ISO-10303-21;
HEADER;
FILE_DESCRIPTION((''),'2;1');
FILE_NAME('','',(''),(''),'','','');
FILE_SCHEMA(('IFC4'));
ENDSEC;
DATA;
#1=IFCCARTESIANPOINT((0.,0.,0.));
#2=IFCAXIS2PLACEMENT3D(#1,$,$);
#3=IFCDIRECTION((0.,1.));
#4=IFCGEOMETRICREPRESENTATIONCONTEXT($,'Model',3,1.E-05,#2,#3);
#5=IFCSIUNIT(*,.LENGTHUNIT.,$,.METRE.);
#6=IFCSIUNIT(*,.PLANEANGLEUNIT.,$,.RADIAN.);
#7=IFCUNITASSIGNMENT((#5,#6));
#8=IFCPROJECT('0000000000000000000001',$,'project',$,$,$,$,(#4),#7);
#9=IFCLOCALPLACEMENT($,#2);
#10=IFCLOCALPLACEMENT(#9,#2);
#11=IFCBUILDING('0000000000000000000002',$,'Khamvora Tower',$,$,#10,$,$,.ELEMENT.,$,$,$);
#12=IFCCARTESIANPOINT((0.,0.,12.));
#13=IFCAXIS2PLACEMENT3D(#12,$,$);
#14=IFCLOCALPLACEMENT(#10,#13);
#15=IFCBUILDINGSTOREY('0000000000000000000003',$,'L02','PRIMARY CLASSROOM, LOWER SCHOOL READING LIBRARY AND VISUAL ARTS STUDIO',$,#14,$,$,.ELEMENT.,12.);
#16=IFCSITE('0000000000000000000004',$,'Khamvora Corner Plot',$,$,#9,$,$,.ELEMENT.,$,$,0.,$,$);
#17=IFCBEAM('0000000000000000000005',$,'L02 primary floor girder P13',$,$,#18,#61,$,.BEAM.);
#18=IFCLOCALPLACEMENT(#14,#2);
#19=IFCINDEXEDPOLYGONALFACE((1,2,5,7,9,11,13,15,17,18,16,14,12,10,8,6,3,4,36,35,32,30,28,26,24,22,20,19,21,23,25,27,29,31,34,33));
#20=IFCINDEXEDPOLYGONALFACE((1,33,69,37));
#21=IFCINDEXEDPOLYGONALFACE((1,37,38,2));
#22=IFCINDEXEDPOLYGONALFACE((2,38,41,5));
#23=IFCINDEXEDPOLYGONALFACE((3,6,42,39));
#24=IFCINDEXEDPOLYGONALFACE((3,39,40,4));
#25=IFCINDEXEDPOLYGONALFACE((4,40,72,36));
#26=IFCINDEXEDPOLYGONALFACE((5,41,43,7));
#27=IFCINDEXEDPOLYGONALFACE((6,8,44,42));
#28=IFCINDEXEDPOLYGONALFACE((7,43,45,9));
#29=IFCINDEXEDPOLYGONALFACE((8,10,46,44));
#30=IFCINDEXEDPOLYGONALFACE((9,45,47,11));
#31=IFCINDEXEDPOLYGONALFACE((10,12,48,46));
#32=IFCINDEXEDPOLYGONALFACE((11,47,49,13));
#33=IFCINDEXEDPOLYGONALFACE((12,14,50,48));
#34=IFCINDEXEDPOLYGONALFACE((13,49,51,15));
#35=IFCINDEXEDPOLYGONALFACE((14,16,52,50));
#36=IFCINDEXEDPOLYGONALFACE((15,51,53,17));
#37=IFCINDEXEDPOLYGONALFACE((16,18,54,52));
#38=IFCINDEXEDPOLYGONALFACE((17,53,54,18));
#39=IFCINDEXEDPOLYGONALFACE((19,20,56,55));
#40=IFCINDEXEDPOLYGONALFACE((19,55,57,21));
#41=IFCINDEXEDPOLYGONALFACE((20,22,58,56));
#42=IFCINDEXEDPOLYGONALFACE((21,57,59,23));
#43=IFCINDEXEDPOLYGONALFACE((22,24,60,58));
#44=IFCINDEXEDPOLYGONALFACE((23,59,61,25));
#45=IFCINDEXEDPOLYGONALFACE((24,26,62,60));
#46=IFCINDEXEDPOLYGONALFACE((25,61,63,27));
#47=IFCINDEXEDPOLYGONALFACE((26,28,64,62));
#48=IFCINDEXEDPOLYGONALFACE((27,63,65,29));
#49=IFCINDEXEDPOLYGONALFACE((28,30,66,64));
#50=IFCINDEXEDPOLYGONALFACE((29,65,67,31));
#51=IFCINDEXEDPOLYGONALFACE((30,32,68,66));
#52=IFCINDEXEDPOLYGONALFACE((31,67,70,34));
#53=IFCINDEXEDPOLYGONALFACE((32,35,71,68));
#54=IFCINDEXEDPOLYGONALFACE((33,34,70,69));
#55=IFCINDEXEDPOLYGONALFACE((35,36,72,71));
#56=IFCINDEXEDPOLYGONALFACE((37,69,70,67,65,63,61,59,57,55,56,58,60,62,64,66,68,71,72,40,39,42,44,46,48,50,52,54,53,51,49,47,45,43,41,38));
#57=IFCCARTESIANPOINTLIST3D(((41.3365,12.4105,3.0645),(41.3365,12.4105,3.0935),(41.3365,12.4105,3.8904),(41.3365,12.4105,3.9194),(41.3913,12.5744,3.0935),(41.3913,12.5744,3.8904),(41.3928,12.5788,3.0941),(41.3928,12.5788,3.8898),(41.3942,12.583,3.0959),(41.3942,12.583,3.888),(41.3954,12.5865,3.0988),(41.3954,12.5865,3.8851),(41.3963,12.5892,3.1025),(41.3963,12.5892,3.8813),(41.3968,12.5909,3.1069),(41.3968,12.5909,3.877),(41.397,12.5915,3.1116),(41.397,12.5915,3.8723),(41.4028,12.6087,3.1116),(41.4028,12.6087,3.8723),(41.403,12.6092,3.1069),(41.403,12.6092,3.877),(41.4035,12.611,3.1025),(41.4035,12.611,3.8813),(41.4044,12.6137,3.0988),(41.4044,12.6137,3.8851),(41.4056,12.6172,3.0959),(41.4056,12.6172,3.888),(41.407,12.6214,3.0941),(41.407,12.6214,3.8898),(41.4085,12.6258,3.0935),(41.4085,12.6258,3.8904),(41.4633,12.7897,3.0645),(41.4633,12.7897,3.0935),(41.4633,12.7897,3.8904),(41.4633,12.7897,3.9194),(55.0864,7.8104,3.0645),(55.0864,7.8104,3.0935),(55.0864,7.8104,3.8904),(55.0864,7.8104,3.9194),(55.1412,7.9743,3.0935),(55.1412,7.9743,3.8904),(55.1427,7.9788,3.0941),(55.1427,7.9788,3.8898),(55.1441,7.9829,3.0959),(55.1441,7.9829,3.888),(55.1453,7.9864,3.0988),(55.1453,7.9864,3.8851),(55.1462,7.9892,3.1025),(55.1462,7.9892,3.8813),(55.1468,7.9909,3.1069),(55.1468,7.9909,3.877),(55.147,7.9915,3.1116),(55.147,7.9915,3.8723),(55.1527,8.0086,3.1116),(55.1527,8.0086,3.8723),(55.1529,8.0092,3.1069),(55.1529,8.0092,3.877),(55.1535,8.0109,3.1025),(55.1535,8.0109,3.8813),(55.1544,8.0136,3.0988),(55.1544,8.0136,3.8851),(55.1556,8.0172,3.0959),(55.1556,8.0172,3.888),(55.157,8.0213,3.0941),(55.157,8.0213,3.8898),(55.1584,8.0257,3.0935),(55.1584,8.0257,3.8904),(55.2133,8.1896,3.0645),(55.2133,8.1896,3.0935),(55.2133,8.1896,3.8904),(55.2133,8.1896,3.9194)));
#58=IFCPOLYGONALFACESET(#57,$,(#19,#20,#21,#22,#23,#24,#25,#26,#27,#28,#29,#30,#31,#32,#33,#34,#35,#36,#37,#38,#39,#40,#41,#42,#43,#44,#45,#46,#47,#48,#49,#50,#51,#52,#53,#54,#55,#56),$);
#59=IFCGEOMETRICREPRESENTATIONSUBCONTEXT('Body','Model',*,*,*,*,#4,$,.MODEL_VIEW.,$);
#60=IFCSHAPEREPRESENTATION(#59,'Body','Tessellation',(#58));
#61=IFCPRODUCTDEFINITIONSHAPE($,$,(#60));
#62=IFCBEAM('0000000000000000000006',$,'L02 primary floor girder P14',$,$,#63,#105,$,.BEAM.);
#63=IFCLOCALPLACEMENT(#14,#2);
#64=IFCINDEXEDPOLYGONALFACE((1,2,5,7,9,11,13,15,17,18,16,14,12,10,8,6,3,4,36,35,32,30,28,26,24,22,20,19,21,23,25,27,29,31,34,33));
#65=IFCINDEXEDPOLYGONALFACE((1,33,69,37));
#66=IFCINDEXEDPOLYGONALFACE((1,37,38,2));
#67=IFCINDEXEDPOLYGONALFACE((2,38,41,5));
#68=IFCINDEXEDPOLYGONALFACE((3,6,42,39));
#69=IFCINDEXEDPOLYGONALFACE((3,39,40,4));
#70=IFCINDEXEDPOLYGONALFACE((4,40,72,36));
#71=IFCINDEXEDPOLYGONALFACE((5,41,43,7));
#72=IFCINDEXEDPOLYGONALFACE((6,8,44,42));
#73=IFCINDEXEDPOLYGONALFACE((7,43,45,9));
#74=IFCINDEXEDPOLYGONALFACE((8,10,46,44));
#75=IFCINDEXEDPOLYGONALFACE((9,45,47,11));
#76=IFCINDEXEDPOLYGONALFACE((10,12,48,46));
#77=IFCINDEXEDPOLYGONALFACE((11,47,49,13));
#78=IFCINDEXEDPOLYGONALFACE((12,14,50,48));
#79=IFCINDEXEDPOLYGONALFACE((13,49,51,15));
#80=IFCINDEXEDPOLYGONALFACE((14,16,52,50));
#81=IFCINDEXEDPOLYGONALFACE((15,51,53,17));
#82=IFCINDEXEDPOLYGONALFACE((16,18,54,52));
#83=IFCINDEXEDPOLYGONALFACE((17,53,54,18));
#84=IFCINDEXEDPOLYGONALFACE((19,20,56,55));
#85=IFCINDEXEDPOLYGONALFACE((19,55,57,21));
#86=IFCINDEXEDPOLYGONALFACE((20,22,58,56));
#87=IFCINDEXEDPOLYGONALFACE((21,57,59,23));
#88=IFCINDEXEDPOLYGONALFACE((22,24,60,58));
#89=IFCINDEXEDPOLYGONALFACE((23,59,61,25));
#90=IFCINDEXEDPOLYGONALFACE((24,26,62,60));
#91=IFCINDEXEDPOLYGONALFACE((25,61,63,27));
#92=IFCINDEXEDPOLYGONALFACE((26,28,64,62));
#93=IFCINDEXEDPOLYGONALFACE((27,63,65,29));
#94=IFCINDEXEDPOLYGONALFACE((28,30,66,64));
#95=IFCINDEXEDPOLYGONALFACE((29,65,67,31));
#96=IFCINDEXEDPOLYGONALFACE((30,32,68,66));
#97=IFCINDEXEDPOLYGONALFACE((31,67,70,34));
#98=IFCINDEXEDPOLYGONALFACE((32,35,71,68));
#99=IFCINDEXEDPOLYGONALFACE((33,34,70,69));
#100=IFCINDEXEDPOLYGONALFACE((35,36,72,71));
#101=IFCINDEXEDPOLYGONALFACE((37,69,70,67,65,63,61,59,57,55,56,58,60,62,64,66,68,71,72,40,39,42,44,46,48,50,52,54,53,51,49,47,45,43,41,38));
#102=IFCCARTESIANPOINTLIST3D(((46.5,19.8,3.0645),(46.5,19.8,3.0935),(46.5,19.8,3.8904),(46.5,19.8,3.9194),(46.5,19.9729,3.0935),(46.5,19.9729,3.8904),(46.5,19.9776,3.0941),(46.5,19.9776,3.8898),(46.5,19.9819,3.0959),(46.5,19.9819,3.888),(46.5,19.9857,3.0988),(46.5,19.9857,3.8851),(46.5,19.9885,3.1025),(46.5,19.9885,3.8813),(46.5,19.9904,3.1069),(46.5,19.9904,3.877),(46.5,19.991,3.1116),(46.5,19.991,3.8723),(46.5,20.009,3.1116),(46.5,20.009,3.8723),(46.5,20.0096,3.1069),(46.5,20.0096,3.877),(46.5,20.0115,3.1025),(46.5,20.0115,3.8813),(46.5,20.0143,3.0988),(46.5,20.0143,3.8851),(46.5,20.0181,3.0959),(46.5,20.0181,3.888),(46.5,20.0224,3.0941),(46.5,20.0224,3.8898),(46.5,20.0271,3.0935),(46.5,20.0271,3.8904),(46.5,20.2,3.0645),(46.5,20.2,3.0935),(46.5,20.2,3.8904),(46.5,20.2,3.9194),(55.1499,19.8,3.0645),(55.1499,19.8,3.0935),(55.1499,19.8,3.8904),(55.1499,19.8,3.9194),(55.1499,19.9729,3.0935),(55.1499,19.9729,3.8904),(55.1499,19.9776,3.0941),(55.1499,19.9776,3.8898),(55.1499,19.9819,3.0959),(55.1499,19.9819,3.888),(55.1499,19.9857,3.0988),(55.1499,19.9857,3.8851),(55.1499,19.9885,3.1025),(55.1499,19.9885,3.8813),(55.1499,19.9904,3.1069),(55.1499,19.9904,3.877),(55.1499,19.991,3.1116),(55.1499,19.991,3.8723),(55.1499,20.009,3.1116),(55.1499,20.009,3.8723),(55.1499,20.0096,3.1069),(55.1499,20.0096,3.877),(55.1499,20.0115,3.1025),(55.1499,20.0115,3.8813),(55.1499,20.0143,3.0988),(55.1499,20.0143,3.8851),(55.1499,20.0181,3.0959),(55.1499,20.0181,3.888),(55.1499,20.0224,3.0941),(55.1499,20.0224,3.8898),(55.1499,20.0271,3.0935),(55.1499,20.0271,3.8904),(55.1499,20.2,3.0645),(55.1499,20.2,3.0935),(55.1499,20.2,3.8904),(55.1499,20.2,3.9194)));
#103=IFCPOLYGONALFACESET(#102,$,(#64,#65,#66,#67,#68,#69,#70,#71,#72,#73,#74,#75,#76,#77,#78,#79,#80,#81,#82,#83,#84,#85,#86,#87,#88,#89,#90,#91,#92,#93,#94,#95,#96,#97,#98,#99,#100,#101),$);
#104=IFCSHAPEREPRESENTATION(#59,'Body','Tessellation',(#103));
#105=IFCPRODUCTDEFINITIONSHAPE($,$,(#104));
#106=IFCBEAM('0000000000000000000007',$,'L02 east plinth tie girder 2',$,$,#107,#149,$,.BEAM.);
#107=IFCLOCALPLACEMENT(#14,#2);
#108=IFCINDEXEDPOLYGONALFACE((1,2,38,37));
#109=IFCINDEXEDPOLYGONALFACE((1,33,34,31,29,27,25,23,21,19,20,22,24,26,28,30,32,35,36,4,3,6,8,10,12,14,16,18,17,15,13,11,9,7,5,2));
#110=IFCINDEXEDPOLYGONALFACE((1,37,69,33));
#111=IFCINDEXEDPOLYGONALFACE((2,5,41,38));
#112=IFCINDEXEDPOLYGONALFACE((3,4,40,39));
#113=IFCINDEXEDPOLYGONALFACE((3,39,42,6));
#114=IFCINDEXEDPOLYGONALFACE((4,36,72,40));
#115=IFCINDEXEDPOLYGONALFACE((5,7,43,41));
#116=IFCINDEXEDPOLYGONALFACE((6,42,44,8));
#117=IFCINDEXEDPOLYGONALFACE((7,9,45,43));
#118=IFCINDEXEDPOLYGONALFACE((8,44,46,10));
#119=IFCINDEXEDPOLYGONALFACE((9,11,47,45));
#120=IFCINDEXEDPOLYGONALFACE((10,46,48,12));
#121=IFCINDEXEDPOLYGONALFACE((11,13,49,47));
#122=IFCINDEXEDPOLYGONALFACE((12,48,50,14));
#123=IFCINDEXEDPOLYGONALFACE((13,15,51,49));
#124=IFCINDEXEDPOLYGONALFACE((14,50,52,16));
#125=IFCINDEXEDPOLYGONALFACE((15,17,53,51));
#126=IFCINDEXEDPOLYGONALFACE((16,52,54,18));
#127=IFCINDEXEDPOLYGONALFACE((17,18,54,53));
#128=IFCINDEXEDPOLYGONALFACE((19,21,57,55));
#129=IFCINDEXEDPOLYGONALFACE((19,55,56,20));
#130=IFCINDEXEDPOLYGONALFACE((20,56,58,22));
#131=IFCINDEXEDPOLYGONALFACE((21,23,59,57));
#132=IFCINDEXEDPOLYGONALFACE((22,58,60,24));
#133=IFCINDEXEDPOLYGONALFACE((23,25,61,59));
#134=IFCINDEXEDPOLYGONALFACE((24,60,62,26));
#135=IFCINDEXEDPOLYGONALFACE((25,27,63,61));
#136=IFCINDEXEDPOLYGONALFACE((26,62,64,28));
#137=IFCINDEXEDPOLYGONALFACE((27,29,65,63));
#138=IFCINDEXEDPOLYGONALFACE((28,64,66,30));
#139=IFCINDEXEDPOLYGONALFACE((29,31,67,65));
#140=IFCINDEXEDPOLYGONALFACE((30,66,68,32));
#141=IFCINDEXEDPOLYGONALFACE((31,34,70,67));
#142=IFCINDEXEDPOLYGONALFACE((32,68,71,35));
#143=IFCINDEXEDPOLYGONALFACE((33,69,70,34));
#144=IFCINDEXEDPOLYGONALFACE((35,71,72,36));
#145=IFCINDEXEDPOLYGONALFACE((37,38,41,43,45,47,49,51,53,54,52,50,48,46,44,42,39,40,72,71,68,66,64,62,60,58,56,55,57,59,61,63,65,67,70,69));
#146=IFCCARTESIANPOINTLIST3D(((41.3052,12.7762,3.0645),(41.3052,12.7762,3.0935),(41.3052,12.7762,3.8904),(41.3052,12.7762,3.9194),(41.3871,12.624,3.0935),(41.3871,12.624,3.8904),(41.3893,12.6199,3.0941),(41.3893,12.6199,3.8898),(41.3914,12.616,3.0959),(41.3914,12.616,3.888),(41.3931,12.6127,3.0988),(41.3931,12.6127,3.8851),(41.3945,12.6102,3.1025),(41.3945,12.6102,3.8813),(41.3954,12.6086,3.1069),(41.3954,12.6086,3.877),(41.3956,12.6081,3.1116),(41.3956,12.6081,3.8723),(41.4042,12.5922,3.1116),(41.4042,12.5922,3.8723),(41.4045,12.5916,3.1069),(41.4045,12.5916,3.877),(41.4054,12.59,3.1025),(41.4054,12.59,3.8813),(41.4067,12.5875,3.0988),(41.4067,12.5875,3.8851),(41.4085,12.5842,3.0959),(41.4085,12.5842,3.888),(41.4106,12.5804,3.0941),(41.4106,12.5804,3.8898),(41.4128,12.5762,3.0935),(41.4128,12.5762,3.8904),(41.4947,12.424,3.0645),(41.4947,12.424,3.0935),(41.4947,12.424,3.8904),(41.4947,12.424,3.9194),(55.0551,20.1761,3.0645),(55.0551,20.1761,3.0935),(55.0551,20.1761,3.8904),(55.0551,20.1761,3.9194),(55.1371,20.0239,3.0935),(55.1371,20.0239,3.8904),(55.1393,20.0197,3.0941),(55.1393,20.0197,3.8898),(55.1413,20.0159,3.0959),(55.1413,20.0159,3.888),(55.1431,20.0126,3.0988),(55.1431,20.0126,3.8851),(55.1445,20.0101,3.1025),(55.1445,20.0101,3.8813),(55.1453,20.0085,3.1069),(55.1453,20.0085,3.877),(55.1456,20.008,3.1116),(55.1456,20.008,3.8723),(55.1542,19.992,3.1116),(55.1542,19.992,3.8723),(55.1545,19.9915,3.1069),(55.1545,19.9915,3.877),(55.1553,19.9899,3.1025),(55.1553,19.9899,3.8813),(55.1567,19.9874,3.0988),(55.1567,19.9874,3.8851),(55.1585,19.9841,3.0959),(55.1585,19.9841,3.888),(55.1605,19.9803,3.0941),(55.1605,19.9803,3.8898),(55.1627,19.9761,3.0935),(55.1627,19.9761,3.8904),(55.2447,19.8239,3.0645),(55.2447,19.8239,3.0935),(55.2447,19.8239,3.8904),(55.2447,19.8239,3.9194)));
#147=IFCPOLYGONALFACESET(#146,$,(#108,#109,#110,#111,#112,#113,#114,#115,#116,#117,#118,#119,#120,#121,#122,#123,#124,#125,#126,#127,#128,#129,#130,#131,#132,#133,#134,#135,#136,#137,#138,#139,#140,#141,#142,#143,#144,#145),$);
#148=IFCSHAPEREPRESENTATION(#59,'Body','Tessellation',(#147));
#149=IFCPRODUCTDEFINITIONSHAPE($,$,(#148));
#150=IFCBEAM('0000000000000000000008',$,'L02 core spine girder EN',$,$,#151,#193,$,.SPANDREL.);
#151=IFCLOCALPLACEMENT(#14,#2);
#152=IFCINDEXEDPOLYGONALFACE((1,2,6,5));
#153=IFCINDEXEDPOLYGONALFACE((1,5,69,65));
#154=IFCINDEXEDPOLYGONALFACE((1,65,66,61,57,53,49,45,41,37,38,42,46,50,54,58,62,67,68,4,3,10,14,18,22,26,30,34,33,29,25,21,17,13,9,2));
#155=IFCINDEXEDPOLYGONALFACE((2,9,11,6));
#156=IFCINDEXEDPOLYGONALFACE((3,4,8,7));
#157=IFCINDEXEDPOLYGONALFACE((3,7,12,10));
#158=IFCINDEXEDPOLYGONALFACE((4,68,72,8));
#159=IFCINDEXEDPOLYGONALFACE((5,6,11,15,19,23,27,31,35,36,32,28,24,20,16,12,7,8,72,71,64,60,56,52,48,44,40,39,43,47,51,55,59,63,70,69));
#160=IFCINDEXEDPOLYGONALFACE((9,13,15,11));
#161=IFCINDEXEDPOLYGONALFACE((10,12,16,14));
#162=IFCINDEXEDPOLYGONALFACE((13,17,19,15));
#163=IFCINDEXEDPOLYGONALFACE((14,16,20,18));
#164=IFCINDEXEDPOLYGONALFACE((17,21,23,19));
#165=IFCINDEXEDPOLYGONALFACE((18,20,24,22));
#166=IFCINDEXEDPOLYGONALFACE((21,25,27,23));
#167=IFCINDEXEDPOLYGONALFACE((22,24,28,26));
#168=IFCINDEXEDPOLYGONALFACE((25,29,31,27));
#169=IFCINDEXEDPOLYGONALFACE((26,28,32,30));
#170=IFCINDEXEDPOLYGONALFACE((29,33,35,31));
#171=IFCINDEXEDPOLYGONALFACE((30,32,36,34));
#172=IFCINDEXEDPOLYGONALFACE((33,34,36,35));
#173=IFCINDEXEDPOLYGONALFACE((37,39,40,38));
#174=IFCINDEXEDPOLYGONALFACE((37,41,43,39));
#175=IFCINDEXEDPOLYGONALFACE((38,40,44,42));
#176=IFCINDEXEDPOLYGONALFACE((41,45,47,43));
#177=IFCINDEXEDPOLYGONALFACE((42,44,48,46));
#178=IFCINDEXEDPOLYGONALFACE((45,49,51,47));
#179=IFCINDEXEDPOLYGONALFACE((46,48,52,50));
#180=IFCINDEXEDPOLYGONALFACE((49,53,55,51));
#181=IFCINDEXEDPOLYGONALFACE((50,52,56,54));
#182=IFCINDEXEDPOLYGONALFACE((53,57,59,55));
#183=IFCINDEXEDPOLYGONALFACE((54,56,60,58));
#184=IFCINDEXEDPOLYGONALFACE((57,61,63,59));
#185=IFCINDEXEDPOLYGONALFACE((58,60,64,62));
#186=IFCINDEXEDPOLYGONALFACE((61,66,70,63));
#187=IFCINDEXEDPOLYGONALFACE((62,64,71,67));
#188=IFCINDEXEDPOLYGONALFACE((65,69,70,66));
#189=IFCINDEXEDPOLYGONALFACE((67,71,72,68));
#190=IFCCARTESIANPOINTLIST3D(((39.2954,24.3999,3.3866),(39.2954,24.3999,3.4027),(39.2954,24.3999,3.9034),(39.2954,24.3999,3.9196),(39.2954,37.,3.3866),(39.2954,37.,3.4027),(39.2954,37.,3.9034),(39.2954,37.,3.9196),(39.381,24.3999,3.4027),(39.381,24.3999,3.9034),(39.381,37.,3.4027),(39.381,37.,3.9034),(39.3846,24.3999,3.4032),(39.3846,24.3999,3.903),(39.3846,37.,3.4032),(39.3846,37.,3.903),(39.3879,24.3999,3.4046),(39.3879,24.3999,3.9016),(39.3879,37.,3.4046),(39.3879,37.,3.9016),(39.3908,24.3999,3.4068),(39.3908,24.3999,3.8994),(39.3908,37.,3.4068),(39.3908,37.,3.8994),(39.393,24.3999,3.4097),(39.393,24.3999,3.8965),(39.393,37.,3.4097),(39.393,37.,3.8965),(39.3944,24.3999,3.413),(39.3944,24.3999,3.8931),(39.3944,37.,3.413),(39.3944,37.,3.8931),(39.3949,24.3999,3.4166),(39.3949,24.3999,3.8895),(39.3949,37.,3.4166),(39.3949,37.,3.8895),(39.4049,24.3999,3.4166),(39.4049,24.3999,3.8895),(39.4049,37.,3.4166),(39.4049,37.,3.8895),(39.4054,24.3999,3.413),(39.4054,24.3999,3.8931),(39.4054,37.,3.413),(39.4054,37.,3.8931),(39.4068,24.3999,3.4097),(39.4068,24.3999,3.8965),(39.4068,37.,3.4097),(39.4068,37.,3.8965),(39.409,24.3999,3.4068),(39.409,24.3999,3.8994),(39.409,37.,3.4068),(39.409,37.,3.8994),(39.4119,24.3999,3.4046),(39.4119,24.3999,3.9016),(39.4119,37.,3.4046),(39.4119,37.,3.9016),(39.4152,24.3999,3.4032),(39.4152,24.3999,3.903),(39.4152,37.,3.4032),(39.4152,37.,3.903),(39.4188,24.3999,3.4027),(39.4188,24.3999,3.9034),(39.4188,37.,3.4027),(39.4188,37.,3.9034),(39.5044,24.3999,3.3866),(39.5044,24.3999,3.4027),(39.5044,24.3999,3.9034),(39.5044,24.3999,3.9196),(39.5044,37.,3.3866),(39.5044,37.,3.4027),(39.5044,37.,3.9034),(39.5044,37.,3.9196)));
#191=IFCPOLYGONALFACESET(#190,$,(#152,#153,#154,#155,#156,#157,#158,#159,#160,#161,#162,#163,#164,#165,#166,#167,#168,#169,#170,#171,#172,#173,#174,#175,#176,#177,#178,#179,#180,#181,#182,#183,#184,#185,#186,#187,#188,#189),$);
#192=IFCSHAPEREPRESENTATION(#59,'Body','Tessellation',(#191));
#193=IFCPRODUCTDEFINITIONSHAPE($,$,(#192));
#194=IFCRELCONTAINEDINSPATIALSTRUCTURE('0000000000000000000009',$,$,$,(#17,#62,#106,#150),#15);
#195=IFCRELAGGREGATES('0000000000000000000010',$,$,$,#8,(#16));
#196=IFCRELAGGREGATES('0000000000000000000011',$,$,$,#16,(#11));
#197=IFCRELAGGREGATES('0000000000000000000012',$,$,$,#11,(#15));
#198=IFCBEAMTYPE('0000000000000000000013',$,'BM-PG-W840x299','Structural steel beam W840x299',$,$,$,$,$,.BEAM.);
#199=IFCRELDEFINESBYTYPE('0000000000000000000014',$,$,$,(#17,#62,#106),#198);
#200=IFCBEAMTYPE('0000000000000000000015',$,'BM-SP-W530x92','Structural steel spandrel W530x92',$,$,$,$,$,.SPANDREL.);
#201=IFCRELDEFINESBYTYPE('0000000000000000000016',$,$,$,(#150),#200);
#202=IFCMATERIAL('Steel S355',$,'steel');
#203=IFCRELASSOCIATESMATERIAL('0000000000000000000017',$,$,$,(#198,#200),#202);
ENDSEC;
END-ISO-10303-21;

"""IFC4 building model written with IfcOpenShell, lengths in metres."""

from ifc_helpers import new_model, si_unit, direction, frame, origin, origin_2d, place, context, subcontext, project, spatial, i_section, extrude, material, material_profile, profile_set, type_object, element, save


model = new_model("IFC4")

# Units and contexts
model_context = context("Model", 3, precision=1e-05, world=origin(), true_north=direction((0.0, 1.0)))
body_context = subcontext(model_context, "Body", "Model", "MODEL_VIEW")
ifc_project = project(units=[si_unit("LENGTHUNIT", "METRE"), si_unit("PLANEANGLEUNIT", "RADIAN")], contexts=[model_context])

# Site, building, storey
site_placement = place(None, origin())
site = spatial("IfcSite", under=ifc_project, at=site_placement, Name="Khamvora Corner Plot", CompositionType="ELEMENT", RefElevation=0.0)
building_placement = place(site_placement, origin())
building = spatial("IfcBuilding", under=site, at=building_placement, Name="Khamvora Tower", CompositionType="ELEMENT")
storey_placement = place(building_placement, frame((0.0, 0.0, 12.0)))
storey = spatial("IfcBuildingStorey", under=building, at=storey_placement, Name="L02", Description="PRIMARY CLASSROOM, LOWER SCHOOL READING LIBRARY AND VISUAL ARTS STUDIO", CompositionType="ELEMENT", Elevation=12.0)

# Beams
ifc_material_1 = material(Name="Steel S355", Category="steel")
ifc_material_profile_1 = material_profile(ifc_material_1, i_section(OverallWidth=0.3999, OverallDepth=0.855, WebThickness=0.0181, FlangeThickness=0.0291, FilletRadius=0.0181, at=origin_2d()), Name="W840x299")
ifc_profile_set_1 = profile_set([ifc_material_profile_1], Name="Steel S355")
beam_type_1 = type_object("IfcBeamType", Name="BM-PG-W840x299", Description="Structural steel beam W840x299", PredefinedType="BEAM", material=ifc_profile_set_1)
beam_1_placement = place(storey_placement, frame((41.3999, 12.6001, 3.4919), z_axis=(0.948336, -0.317268, 0.0), x_axis=(0.317268, 0.948336, 0.0)))
element("IfcBeam", 1, at=beam_1_placement, inside=storey, type_object=beam_type_1, Name="L02 primary floor girder P13", PredefinedType="BEAM", context=body_context, shape_type="SweptSolid", body=[
    extrude(i_section(OverallWidth=0.3999, OverallDepth=0.855, WebThickness=0.0181, FlangeThickness=0.0291, FilletRadius=0.0181, at=origin_2d()), origin(), (0.0, 0.0, 1.0), 14.499),
])
beam_2_placement = place(storey_placement, frame((46.5, 20.0, 3.4919), z_axis=(1.0, 0.0, 0.0), x_axis=(0.0, 1.0, 0.0)))
element("IfcBeam", 2, at=beam_2_placement, inside=storey, type_object=beam_type_1, Name="L02 primary floor girder P14", PredefinedType="BEAM", context=body_context, shape_type="SweptSolid", body=[
    extrude(i_section(OverallWidth=0.3999, OverallDepth=0.855, WebThickness=0.0181, FlangeThickness=0.0291, FilletRadius=0.0181, at=origin_2d()), origin(), (0.0, 0.0, 1.0), 8.6499),
])
beam_3_placement = place(storey_placement, frame((55.1499, 20.0, 3.4919), z_axis=(-0.880577, -0.473904, 0.0), x_axis=(0.473904, -0.880577, 0.0)))
element("IfcBeam", 3, at=beam_3_placement, inside=storey, type_object=beam_type_1, Name="L02 east plinth tie girder 2", PredefinedType="BEAM", context=body_context, shape_type="SweptSolid", body=[
    extrude(i_section(OverallWidth=0.3999, OverallDepth=0.855, WebThickness=0.0181, FlangeThickness=0.0291, FilletRadius=0.0181, at=origin_2d()), origin(), (0.0, 0.0, 1.0), 15.6147),
])
ifc_material_profile_2 = material_profile(ifc_material_1, i_section(OverallWidth=0.209, OverallDepth=0.533, WebThickness=0.01, FlangeThickness=0.0161, FilletRadius=0.0139, at=origin_2d()), Name="W530x92")
ifc_profile_set_2 = profile_set([ifc_material_profile_2], Name="Steel S355")
beam_type_2 = type_object("IfcBeamType", Name="BM-SP-W530x92", Description="Structural steel spandrel W530x92", PredefinedType="SPANDREL", material=ifc_profile_set_2)
beam_4_placement = place(storey_placement, frame((39.3999, 24.3999, 3.6531), z_axis=(0.0, 1.0, 0.0), x_axis=(-1.0, 0.0, 0.0)))
element("IfcBeam", 4, at=beam_4_placement, inside=storey, type_object=beam_type_2, Name="L02 core spine girder EN", PredefinedType="SPANDREL", context=body_context, shape_type="SweptSolid", body=[
    extrude(i_section(OverallWidth=0.209, OverallDepth=0.533, WebThickness=0.01, FlangeThickness=0.0161, FilletRadius=0.0139, at=origin_2d()), origin(), (0.0, 0.0, 1.0), 12.6001),
])

save(model, "model.ifc")
